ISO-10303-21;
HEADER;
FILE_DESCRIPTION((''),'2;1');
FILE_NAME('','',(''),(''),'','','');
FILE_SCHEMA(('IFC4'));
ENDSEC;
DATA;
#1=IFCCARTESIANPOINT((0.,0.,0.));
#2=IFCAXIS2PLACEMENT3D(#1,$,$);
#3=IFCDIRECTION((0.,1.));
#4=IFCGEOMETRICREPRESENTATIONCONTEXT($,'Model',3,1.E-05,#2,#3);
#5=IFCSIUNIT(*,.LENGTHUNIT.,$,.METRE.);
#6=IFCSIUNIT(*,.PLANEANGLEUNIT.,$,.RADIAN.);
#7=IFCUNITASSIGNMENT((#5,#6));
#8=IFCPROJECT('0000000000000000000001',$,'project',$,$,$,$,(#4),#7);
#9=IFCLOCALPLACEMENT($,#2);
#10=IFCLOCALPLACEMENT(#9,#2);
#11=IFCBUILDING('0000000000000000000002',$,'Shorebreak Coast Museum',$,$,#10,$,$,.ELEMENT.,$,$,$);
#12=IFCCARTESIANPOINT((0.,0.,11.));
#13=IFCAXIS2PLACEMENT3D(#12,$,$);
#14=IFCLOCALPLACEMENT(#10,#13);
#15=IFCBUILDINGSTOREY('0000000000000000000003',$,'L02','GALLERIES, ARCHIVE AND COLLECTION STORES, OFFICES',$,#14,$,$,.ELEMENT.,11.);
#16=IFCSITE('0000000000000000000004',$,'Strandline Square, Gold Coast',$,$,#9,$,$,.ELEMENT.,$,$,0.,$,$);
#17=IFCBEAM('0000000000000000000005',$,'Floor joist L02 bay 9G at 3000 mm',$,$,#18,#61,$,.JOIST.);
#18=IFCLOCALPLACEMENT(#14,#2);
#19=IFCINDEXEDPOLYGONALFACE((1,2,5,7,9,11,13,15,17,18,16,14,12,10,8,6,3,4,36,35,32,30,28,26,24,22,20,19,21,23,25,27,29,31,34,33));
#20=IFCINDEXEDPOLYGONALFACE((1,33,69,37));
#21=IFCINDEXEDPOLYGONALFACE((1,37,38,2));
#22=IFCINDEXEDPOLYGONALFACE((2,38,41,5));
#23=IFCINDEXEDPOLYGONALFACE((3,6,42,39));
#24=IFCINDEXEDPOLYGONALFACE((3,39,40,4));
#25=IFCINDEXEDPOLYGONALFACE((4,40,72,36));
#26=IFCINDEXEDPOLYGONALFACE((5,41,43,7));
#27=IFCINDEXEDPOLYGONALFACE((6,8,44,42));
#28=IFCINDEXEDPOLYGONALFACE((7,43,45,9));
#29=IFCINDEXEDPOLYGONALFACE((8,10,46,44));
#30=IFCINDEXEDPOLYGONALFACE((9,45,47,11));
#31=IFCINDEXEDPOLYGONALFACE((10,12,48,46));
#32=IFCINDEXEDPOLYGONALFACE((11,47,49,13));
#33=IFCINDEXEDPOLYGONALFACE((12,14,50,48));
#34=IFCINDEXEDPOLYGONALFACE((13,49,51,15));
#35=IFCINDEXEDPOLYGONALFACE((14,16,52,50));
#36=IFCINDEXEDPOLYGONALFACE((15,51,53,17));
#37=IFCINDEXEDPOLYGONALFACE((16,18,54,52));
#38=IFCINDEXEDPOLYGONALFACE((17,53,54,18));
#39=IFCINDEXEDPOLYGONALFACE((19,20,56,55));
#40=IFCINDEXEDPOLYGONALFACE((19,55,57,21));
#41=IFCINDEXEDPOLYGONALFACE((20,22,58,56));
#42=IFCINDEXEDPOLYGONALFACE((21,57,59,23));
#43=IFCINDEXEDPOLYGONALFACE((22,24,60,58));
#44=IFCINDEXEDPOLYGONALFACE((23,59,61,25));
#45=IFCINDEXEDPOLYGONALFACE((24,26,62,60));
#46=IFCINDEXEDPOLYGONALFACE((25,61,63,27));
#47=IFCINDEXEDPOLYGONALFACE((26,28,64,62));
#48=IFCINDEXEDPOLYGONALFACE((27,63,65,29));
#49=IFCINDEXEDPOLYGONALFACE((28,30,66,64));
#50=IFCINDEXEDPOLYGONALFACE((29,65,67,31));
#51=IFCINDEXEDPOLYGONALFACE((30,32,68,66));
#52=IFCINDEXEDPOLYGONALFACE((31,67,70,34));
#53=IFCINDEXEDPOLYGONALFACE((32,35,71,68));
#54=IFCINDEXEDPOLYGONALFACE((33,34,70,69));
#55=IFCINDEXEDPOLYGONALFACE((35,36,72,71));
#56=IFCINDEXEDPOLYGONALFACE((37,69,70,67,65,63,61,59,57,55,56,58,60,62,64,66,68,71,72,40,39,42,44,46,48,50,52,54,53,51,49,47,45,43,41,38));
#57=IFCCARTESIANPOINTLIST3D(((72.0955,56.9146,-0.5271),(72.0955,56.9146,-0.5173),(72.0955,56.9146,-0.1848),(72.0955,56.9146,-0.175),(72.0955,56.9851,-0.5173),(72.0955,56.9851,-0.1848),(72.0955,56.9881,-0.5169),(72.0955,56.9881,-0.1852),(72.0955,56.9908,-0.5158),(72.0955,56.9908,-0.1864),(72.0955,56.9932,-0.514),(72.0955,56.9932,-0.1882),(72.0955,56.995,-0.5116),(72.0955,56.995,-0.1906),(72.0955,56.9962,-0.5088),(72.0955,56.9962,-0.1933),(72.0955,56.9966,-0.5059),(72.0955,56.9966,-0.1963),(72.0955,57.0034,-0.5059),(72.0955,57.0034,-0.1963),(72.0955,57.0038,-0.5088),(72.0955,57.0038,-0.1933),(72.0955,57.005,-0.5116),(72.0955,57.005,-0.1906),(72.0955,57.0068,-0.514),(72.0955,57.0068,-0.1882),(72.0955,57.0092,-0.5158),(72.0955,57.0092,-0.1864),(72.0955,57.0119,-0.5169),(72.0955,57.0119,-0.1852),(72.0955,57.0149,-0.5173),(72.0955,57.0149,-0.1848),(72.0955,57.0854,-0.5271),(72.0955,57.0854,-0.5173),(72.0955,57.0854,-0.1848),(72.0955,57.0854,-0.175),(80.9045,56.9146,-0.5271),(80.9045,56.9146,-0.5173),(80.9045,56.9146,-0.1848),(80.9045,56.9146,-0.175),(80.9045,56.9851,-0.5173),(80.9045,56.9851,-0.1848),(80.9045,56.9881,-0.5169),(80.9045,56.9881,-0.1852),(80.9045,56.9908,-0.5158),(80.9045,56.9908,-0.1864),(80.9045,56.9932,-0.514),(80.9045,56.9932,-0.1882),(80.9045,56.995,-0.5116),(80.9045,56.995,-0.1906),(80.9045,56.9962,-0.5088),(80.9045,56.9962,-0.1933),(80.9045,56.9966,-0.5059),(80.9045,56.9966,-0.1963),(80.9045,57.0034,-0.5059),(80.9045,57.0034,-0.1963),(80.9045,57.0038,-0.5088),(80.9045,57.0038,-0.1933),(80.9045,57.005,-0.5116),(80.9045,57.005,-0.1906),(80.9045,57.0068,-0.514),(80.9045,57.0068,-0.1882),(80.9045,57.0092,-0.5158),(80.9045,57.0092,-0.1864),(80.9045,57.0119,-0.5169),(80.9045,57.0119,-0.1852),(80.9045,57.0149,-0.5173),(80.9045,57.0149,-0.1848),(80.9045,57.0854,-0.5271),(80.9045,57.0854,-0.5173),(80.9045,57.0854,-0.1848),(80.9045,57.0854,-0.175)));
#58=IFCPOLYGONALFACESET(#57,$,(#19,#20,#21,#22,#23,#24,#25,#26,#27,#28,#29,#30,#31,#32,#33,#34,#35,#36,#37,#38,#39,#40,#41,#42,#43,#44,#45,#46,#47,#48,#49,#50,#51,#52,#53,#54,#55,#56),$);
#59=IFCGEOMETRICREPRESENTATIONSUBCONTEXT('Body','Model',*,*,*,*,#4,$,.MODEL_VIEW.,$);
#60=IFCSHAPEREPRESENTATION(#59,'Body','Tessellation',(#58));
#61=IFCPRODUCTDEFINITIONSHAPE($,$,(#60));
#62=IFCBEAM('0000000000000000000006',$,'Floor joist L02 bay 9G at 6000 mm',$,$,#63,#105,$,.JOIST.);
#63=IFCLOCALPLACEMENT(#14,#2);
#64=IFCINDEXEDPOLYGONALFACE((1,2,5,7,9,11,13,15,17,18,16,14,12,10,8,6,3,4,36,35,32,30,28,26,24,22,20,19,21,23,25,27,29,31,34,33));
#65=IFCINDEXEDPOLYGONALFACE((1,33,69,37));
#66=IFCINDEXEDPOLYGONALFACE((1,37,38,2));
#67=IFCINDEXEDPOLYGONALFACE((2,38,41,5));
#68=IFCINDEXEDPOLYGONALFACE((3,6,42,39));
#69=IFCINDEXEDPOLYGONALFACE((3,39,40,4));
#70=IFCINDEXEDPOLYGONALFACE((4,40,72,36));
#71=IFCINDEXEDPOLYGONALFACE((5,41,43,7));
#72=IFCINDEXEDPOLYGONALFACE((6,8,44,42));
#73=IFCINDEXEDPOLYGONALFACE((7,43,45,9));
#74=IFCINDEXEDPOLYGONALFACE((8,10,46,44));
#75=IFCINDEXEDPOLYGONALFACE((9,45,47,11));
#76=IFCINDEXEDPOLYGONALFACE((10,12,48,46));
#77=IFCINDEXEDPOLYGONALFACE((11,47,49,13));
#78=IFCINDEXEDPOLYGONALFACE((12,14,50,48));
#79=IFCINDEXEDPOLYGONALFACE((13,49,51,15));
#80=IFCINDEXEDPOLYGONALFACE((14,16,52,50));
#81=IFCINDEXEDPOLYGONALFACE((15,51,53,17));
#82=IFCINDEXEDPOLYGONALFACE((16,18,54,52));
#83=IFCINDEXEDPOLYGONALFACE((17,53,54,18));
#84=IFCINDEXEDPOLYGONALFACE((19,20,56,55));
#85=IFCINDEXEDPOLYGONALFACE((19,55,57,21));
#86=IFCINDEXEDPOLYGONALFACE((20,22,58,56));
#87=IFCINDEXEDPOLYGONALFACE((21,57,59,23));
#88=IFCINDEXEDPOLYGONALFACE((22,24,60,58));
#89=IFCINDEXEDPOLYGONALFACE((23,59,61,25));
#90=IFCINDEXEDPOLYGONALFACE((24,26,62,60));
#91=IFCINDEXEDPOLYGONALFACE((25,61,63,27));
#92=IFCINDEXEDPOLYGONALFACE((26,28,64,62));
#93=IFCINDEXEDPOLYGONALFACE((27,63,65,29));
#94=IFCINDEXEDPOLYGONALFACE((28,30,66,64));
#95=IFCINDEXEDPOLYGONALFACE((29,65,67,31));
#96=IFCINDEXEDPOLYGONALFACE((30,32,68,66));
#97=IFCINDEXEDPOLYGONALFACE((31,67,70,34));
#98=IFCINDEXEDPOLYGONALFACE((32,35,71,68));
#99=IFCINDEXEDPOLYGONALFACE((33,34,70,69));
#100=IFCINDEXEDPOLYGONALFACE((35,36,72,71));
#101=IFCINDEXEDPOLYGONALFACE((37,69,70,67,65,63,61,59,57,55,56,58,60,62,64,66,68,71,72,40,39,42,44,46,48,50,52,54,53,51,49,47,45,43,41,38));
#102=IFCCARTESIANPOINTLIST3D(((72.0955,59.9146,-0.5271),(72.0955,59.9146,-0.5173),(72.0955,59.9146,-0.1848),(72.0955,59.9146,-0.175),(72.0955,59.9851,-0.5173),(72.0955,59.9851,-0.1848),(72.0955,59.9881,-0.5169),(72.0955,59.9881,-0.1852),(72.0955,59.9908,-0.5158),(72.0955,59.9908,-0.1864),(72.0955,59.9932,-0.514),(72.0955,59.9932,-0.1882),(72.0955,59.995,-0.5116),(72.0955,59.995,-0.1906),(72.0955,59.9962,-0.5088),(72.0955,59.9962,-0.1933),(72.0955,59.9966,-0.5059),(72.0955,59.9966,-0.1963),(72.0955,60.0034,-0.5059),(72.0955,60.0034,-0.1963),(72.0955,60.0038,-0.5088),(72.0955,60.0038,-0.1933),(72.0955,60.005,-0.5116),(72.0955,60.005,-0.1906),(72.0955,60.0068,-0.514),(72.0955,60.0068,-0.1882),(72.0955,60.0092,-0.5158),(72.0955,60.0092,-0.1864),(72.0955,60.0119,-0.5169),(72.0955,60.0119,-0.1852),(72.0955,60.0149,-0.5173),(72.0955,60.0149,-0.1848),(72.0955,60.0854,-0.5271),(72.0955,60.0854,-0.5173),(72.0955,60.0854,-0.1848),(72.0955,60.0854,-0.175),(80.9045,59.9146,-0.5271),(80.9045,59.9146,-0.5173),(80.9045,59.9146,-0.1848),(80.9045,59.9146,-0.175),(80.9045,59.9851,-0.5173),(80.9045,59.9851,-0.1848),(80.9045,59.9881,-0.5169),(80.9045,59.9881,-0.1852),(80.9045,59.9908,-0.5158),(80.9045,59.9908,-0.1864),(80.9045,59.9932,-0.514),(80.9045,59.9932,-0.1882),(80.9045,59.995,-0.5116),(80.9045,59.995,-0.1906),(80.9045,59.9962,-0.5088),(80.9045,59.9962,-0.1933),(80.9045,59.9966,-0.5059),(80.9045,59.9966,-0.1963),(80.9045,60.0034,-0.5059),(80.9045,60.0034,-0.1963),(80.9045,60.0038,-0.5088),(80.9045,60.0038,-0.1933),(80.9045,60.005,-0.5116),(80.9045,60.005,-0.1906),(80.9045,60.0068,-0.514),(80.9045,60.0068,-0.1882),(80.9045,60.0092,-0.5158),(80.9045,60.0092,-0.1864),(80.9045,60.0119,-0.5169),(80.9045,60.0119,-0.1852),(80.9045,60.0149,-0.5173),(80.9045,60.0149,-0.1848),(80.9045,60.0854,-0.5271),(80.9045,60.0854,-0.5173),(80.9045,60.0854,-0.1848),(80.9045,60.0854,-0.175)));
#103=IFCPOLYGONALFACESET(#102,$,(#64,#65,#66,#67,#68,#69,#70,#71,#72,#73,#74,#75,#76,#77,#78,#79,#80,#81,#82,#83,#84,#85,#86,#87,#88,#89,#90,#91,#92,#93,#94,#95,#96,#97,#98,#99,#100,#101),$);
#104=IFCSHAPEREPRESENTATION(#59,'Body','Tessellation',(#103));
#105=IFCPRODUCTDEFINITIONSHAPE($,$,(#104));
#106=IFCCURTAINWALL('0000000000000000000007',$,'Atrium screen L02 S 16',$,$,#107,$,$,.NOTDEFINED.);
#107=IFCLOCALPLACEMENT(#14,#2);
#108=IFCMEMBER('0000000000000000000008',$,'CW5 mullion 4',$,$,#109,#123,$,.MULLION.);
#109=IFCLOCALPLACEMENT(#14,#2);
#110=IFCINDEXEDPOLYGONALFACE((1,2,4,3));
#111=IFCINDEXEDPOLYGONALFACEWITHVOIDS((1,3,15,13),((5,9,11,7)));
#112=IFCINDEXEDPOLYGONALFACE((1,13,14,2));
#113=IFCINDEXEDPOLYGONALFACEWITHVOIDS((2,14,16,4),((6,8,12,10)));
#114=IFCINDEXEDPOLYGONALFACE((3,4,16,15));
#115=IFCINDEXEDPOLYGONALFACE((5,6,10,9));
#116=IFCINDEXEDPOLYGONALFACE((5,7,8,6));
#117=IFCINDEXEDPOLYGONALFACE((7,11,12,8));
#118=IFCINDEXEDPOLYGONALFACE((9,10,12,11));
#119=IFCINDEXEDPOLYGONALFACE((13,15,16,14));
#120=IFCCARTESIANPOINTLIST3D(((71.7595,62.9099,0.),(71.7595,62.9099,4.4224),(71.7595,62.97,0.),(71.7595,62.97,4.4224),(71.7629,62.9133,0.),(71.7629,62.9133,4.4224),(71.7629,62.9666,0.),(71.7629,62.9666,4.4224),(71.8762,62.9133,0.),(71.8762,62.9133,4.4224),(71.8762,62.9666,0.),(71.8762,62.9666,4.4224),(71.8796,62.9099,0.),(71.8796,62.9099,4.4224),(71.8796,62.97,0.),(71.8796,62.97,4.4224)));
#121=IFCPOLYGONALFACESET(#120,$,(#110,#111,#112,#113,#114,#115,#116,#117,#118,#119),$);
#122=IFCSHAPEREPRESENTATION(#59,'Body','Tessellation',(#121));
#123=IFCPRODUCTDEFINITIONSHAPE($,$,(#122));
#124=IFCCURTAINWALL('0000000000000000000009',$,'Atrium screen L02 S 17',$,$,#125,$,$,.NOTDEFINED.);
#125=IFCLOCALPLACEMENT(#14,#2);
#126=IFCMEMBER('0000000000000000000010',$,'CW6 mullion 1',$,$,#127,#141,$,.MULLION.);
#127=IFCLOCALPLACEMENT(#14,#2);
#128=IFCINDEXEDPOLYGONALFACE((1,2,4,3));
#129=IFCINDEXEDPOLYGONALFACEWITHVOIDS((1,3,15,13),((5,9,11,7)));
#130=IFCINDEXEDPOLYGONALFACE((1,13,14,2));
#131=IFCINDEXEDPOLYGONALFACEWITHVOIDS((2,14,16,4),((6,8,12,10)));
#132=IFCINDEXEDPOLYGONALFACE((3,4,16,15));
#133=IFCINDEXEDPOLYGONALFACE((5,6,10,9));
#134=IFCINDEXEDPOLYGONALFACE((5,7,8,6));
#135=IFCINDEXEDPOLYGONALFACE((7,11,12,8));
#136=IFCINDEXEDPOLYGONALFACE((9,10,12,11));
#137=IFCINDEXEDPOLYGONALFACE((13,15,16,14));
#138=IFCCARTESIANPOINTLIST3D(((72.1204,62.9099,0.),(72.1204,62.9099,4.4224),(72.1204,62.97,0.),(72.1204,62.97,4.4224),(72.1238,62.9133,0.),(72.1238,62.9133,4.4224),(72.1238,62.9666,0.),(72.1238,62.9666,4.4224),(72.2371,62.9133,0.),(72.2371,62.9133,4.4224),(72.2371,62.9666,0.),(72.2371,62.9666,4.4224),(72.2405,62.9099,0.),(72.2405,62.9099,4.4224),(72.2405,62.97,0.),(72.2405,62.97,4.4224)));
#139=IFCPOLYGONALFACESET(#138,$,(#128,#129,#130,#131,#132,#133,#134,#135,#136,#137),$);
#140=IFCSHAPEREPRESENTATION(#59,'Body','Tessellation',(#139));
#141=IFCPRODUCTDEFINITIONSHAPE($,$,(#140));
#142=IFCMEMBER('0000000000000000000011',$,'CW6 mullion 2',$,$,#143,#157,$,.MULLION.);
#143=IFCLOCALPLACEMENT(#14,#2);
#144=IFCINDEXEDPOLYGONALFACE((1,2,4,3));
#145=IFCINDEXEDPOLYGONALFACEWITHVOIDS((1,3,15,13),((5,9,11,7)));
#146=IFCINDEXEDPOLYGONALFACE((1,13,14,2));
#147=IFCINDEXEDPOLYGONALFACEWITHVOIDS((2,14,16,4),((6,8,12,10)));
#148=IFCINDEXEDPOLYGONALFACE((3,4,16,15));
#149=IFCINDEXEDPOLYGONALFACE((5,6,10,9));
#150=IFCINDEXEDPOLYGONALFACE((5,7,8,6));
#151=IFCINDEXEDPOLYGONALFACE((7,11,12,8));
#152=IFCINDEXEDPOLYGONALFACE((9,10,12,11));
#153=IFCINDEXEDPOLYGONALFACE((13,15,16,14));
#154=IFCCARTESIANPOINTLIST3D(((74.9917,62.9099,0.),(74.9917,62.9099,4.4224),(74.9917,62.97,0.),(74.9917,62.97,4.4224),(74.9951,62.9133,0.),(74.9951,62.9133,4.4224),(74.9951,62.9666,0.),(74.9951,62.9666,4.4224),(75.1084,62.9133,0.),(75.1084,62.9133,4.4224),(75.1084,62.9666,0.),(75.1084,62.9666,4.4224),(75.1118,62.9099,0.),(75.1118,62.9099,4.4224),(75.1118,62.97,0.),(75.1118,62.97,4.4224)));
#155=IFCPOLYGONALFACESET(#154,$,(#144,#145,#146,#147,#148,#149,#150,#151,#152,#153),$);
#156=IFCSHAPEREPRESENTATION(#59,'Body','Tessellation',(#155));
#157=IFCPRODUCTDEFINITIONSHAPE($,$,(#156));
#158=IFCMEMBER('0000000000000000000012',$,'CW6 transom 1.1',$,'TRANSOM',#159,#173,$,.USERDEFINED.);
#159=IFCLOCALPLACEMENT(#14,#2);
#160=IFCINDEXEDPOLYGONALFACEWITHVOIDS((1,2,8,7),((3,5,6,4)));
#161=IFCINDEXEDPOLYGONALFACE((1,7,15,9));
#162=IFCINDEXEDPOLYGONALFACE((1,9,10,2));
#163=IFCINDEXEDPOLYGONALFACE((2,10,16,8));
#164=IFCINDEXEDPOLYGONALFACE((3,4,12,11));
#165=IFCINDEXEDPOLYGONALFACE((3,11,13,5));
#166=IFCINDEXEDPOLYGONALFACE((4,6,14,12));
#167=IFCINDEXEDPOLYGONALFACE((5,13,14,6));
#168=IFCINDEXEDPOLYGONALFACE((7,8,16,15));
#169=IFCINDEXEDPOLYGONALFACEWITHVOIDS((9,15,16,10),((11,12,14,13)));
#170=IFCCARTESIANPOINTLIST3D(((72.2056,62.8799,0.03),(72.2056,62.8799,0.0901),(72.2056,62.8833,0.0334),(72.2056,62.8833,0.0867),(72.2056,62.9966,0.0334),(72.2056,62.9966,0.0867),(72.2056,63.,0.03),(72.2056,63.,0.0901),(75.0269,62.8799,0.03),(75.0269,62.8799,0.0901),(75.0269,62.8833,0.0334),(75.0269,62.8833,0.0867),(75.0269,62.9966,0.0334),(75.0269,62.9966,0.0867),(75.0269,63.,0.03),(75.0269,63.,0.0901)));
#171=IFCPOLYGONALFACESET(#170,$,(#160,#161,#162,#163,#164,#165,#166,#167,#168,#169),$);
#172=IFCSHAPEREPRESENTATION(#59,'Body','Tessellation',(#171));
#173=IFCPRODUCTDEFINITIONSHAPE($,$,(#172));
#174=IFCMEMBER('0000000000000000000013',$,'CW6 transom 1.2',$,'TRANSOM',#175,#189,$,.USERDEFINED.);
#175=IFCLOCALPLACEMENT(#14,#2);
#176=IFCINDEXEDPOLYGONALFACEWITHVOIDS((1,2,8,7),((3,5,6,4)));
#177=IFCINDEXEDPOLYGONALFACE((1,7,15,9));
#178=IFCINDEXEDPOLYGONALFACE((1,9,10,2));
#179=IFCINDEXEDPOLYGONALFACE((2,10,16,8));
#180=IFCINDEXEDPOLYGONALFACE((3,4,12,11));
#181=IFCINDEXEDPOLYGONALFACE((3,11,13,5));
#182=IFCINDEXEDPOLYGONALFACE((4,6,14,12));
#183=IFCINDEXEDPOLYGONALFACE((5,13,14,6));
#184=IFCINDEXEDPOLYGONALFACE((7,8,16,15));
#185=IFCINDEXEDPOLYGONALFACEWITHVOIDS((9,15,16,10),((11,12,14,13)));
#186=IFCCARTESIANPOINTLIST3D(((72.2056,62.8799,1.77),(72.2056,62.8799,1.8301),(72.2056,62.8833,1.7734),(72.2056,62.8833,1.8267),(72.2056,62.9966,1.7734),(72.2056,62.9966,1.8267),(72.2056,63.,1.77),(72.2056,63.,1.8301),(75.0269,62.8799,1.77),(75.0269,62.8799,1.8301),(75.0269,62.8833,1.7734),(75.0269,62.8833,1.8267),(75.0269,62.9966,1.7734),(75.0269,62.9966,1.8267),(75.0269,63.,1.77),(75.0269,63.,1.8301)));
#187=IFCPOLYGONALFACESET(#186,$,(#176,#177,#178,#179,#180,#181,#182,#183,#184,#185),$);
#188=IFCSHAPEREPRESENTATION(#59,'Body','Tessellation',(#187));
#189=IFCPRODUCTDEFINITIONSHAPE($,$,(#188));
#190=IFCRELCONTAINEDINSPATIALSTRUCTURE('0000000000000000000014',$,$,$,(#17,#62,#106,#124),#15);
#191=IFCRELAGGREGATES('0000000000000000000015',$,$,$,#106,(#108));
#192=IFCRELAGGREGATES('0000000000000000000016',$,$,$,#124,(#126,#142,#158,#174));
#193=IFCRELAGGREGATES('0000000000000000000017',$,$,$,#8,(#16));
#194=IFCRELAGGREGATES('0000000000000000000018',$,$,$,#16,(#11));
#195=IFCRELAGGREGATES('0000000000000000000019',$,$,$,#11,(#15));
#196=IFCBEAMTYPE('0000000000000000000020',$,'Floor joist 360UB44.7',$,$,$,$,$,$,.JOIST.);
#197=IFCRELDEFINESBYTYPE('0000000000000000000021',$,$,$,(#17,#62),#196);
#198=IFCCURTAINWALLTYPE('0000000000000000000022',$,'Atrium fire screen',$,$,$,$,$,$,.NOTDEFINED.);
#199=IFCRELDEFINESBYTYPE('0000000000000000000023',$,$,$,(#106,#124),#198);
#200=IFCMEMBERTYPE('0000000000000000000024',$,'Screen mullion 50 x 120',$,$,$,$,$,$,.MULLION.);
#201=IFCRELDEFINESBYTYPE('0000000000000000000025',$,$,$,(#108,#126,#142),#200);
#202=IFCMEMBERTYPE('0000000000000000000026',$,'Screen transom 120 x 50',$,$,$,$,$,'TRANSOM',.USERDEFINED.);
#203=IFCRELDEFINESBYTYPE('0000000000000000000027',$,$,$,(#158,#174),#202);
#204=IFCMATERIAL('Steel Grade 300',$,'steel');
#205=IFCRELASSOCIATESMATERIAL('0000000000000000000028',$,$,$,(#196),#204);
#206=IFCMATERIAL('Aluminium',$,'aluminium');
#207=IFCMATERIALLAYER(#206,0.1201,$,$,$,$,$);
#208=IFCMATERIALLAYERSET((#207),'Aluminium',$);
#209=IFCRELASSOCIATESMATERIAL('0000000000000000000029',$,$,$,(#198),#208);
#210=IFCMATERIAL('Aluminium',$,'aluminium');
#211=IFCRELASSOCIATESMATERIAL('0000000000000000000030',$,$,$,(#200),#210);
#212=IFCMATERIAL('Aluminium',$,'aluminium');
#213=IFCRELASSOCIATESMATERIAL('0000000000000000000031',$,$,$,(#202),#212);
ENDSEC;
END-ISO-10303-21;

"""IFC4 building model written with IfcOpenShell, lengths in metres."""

from ifc_helpers import new_model, si_unit, direction, frame, origin, origin_2d, place, context, subcontext, project, spatial, hollow_rectangle, i_section, extrude, material, layer, layer_set, material_profile, profile_set, type_object, element, aggregate, save


model = new_model("IFC4")

# Units and contexts
model_context = context("Model", 3, precision=1e-05, world=origin(), true_north=direction((0.0, 1.0)))
body_context = subcontext(model_context, "Body", "Model", "MODEL_VIEW")
ifc_project = project(units=[si_unit("LENGTHUNIT", "METRE"), si_unit("PLANEANGLEUNIT", "RADIAN")], contexts=[model_context])

# Site, building, storey
site_placement = place(None, origin())
site = spatial("IfcSite", under=ifc_project, at=site_placement, Name="Strandline Square, Gold Coast", CompositionType="ELEMENT", RefElevation=0.0)
building_placement = place(site_placement, origin())
building = spatial("IfcBuilding", under=site, at=building_placement, Name="Shorebreak Coast Museum", CompositionType="ELEMENT")
storey_placement = place(building_placement, frame((0.0, 0.0, 11.0)))
storey = spatial("IfcBuildingStorey", under=building, at=storey_placement, Name="L02", Description="GALLERIES, ARCHIVE AND COLLECTION STORES, OFFICES", CompositionType="ELEMENT", Elevation=11.0)

# Beams
ifc_material_1 = material(Name="Steel Grade 300", Category="steel")
ifc_material_profile_1 = material_profile(ifc_material_1, i_section(OverallWidth=0.1709, OverallDepth=0.3521, WebThickness=0.0068, FlangeThickness=0.0098, FilletRadius=0.0115, at=origin_2d()), Name="360UB44.7")
ifc_profile_set_1 = profile_set([ifc_material_profile_1], Name="Steel Grade 300")
beam_type_1 = type_object("IfcBeamType", Name="Floor joist 360UB44.7", PredefinedType="JOIST", material=ifc_profile_set_1)
for number, where, z_axis, x_axis, name in (
    (1, (72.0955, 57.0, -0.3511), (1.0, 0.0, 0.0), (0.0, 1.0, 0.0), "Floor joist L02 bay 9G at 3000 mm"),
    (2, (72.0955, 60.0, -0.3511), (1.0, 0.0, 0.0), (0.0, 1.0, 0.0), "Floor joist L02 bay 9G at 6000 mm"),
):
    element("IfcBeam", number, at=place(storey_placement, frame(where, z_axis=z_axis, x_axis=x_axis)), inside=storey, type_object=beam_type_1, Name=name, PredefinedType="JOIST", context=body_context, shape_type="SweptSolid", body=[
        extrude(i_section(OverallWidth=0.1709, OverallDepth=0.3521, WebThickness=0.0068, FlangeThickness=0.0098, FilletRadius=0.0115, at=origin_2d()), origin(), (0.0, 0.0, 1.0), 8.8091),
    ])

# Curtain wall, member
ifc_material_2 = material(Name="Aluminium", Category="aluminium")
ifc_layer_1 = layer(ifc_material_2, 0.1201)
ifc_layer_set_1 = layer_set([ifc_layer_1], Name="Aluminium")
curtain_wall_type = type_object("IfcCurtainWallType", Name="Atrium fire screen", PredefinedType="NOTDEFINED", material=ifc_layer_set_1)
curtain_wall_1_placement = place(storey_placement, origin())
curtain_wall_1 = element("IfcCurtainWall", 3, at=curtain_wall_1_placement, inside=storey, type_object=curtain_wall_type, Name="Atrium screen L02 S 16", PredefinedType="NOTDEFINED")
ifc_material_3 = material(Name="Aluminium", Category="aluminium")
ifc_material_profile_2 = material_profile(ifc_material_3, hollow_rectangle(XDim=0.0601, YDim=0.1201, WallThickness=0.0034, at=origin_2d()), Name="AL 120x60 RHS")
ifc_profile_set_2 = profile_set([ifc_material_profile_2], Name="Aluminium")
member_type_1 = type_object("IfcMemberType", Name="Screen mullion 50 x 120", PredefinedType="MULLION", material=ifc_profile_set_2)
member_1_placement = place(storey_placement, frame((71.8196, 62.9399, 0.0), z_axis=(0.0, 0.0, 1.0), x_axis=(0.0, 1.0, 0.0)))
member_1 = element("IfcMember", 4, at=member_1_placement, type_object=member_type_1, Name="CW5 mullion 4", PredefinedType="MULLION", context=body_context, shape_type="SweptSolid", body=[
    extrude(hollow_rectangle(XDim=0.0601, YDim=0.1201, WallThickness=0.0034, at=origin_2d()), origin(), (0.0, 0.0, 1.0), 4.4224),
])

# Curtain wall, members
curtain_wall_2_placement = place(storey_placement, origin())
curtain_wall_2 = element("IfcCurtainWall", 5, at=curtain_wall_2_placement, inside=storey, type_object=curtain_wall_type, Name="Atrium screen L02 S 17", PredefinedType="NOTDEFINED")
member_2_placement = place(storey_placement, frame((72.1804, 62.9399, 0.0), z_axis=(0.0, 0.0, 1.0), x_axis=(0.0, 1.0, 0.0)))
member_2 = element("IfcMember", 6, at=member_2_placement, type_object=member_type_1, Name="CW6 mullion 1", PredefinedType="MULLION", context=body_context, shape_type="SweptSolid", body=[
    extrude(hollow_rectangle(XDim=0.0601, YDim=0.1201, WallThickness=0.0034, at=origin_2d()), origin(), (0.0, 0.0, 1.0), 4.4224),
])
member_3_placement = place(storey_placement, frame((75.0518, 62.9399, 0.0), z_axis=(0.0, 0.0, 1.0), x_axis=(0.0, 1.0, 0.0)))
member_3 = element("IfcMember", 7, at=member_3_placement, type_object=member_type_1, Name="CW6 mullion 2", PredefinedType="MULLION", context=body_context, shape_type="SweptSolid", body=[
    extrude(hollow_rectangle(XDim=0.0601, YDim=0.1201, WallThickness=0.0034, at=origin_2d()), origin(), (0.0, 0.0, 1.0), 4.4224),
])
ifc_material_4 = material(Name="Aluminium", Category="aluminium")
ifc_material_profile_3 = material_profile(ifc_material_4, hollow_rectangle(XDim=0.1201, YDim=0.0601, WallThickness=0.0034, at=origin_2d()), Name="AL 60x120 RHS")
ifc_profile_set_3 = profile_set([ifc_material_profile_3], Name="Aluminium")
member_type_2 = type_object("IfcMemberType", Name="Screen transom 120 x 50", ElementType="TRANSOM", PredefinedType="USERDEFINED", material=ifc_profile_set_3)
member_4_placement = place(storey_placement, frame((72.2056, 62.9399, 0.0601), z_axis=(1.0, 0.0, 0.0), x_axis=(0.0, 1.0, 0.0)))
member_4 = element("IfcMember", 8, at=member_4_placement, type_object=member_type_2, Name="CW6 transom 1.1", ObjectType="TRANSOM", PredefinedType="USERDEFINED", context=body_context, shape_type="SweptSolid", body=[
    extrude(hollow_rectangle(XDim=0.1201, YDim=0.0601, WallThickness=0.0034, at=origin_2d()), origin(), (0.0, 0.0, 1.0), 2.8213),
])
member_5_placement = place(storey_placement, frame((72.2056, 62.9399, 1.8), z_axis=(1.0, 0.0, 0.0), x_axis=(0.0, 1.0, 0.0)))
member_5 = element("IfcMember", 9, at=member_5_placement, type_object=member_type_2, Name="CW6 transom 1.2", ObjectType="TRANSOM", PredefinedType="USERDEFINED", context=body_context, shape_type="SweptSolid", body=[
    extrude(hollow_rectangle(XDim=0.1201, YDim=0.0601, WallThickness=0.0034, at=origin_2d()), origin(), (0.0, 0.0, 1.0), 2.8213),
])

aggregate(curtain_wall_1, [member_1])
aggregate(curtain_wall_2, [member_2, member_3, member_4, member_5])

save(model, "model.ifc")
